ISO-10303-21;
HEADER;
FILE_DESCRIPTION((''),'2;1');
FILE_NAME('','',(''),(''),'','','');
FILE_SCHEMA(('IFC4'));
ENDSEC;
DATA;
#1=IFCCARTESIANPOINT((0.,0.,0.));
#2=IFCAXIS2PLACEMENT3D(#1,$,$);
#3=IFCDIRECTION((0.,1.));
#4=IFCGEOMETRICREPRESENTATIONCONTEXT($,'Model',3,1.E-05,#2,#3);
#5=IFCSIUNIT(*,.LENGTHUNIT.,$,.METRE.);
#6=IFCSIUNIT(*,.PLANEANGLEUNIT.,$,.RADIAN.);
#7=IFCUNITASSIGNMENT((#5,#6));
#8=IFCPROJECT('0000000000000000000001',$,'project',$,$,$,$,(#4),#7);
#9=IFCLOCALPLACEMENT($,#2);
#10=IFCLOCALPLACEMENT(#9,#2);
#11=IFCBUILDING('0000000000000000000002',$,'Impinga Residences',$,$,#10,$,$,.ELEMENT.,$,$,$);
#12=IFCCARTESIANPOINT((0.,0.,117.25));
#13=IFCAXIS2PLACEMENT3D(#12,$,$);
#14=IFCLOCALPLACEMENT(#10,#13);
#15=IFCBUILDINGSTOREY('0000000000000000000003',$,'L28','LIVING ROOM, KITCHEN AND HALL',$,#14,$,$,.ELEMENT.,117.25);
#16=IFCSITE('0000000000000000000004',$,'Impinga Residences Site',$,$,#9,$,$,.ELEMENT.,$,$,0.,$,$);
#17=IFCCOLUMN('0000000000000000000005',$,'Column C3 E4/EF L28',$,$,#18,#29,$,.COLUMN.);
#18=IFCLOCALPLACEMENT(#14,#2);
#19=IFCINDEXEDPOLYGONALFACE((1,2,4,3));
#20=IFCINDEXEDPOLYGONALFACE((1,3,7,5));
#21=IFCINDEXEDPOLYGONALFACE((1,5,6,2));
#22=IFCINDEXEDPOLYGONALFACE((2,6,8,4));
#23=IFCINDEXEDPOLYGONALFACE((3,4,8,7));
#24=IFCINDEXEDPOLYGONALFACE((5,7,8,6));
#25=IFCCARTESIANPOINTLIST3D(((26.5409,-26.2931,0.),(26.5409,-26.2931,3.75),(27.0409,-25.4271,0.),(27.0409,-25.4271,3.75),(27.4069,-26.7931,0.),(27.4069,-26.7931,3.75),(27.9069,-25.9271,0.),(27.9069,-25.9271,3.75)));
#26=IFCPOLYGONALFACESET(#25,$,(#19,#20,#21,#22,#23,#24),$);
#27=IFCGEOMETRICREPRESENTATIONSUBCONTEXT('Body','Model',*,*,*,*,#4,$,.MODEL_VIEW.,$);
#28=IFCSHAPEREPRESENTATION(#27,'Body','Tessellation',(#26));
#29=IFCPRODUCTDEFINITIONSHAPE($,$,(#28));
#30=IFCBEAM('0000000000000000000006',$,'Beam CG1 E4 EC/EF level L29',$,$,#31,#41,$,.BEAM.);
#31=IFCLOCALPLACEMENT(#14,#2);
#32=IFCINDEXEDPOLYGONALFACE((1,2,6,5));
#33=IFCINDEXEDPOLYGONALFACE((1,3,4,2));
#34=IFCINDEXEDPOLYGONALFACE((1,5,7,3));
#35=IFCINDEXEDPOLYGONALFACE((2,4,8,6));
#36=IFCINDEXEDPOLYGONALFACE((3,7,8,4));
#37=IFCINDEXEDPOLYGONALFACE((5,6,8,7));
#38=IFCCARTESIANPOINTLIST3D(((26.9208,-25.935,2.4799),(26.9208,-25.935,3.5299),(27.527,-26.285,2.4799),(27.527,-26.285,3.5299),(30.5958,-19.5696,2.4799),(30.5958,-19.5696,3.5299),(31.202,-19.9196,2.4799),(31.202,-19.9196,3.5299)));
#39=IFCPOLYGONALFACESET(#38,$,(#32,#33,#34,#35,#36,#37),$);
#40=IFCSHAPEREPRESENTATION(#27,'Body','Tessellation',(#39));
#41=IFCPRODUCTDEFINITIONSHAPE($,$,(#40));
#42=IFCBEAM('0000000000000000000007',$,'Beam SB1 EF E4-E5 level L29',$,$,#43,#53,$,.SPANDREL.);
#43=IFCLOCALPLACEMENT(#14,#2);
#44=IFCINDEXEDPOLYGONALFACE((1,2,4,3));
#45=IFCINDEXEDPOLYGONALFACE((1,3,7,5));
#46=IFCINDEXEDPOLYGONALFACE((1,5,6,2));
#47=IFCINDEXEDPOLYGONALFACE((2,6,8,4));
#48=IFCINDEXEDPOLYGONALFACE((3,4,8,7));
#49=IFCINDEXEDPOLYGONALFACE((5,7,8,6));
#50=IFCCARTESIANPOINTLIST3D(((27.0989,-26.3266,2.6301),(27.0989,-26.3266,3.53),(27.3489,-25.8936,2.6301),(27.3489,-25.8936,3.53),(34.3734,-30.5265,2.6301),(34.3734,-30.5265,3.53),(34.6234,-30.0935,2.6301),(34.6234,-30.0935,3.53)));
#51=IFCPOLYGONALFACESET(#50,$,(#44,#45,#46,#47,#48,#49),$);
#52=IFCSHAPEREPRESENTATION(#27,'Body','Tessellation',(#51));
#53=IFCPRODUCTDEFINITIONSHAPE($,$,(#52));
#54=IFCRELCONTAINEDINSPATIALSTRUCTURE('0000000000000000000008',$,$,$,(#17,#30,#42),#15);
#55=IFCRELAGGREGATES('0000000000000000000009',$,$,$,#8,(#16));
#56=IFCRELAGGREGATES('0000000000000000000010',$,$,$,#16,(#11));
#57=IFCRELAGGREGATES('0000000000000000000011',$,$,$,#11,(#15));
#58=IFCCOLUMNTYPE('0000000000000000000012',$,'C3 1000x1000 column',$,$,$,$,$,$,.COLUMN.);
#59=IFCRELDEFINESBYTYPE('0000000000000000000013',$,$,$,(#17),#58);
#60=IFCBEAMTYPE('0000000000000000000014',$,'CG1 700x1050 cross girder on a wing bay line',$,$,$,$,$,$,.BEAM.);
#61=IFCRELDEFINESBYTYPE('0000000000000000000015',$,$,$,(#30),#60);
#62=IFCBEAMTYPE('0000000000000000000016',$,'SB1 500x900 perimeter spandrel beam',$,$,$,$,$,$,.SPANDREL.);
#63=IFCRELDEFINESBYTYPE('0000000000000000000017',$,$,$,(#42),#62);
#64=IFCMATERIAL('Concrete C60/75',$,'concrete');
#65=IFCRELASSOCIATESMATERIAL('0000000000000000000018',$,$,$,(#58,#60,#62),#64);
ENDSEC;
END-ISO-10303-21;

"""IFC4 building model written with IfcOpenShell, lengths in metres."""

from ifc_helpers import new_model, si_unit, direction, frame, origin, origin_2d, place, context, subcontext, project, spatial, rectangle, extrude, material, material_profile, profile_set, type_object, element, save


model = new_model("IFC4")

# Units and contexts
model_context = context("Model", 3, precision=1e-05, world=origin(), true_north=direction((0.0, 1.0)))
body_context = subcontext(model_context, "Body", "Model", "MODEL_VIEW")
ifc_project = project(units=[si_unit("LENGTHUNIT", "METRE"), si_unit("PLANEANGLEUNIT", "RADIAN")], contexts=[model_context])

# Site, building, storey
site_placement = place(None, origin())
site = spatial("IfcSite", under=ifc_project, at=site_placement, Name="Impinga Residences Site", CompositionType="ELEMENT", RefElevation=0.0)
building_placement = place(site_placement, origin())
building = spatial("IfcBuilding", under=site, at=building_placement, Name="Impinga Residences", CompositionType="ELEMENT")
storey_placement = place(building_placement, frame((0.0, 0.0, 117.25)))
storey = spatial("IfcBuildingStorey", under=building, at=storey_placement, Name="L28", Description="LIVING ROOM, KITCHEN AND HALL", CompositionType="ELEMENT", Elevation=117.25)

# Column
ifc_material_1 = material(Name="Concrete C60/75", Category="concrete")
ifc_material_profile_1 = material_profile(ifc_material_1, rectangle(XDim=1.0, YDim=1.0, at=origin_2d()), Name="RC 1000x1000")
ifc_profile_set_1 = profile_set([ifc_material_profile_1], Name="Concrete C60/75")
column_type = type_object("IfcColumnType", Name="C3 1000x1000 column", PredefinedType="COLUMN", material=ifc_profile_set_1)
column_placement = place(storey_placement, frame((27.2239, -26.1101, 0.0), z_axis=(0.0, 0.0, 1.0), x_axis=(-0.5, -0.866025, 0.0)))
element("IfcColumn", 1, at=column_placement, inside=storey, type_object=column_type, Name="Column C3 E4/EF L28", PredefinedType="COLUMN", context=body_context, shape_type="SweptSolid", body=[
    extrude(rectangle(XDim=1.0, YDim=1.0, at=origin_2d()), origin(), (0.0, 0.0, 1.0), 3.75),
])

# Beams
ifc_material_profile_2 = material_profile(ifc_material_1, rectangle(XDim=0.7, YDim=1.05, at=origin_2d()), Name="RC 700x1050")
ifc_profile_set_2 = profile_set([ifc_material_profile_2], Name="Concrete C60/75")
beam_type_1 = type_object("IfcBeamType", Name="CG1 700x1050 cross girder on a wing bay line", PredefinedType="BEAM", material=ifc_profile_set_2)
beam_1_placement = place(storey_placement, frame((30.8989, -19.7446, 3.0049), z_axis=(-0.499994, -0.866029, 0.0), x_axis=(0.866029, -0.499994, 0.0)))
element("IfcBeam", 2, at=beam_1_placement, inside=storey, type_object=beam_type_1, Name="Beam CG1 E4 EC/EF level L29", PredefinedType="BEAM", context=body_context, shape_type="SweptSolid", body=[
    extrude(rectangle(XDim=0.7, YDim=1.05, at=origin_2d()), origin(), (0.0, 0.0, 1.0), 7.3501),
])
ifc_material_profile_3 = material_profile(ifc_material_1, rectangle(XDim=0.5, YDim=0.8999, at=origin_2d()), Name="RC 500x900")
ifc_profile_set_3 = profile_set([ifc_material_profile_3], Name="Concrete C60/75")
beam_type_2 = type_object("IfcBeamType", Name="SB1 500x900 perimeter spandrel beam", PredefinedType="SPANDREL", material=ifc_profile_set_3)
beam_2_placement = place(storey_placement, frame((27.2239, -26.1101, 3.0801), z_axis=(0.866029, -0.499993, 0.0), x_axis=(0.499993, 0.866029, 0.0)))
element("IfcBeam", 3, at=beam_2_placement, inside=storey, type_object=beam_type_2, Name="Beam SB1 EF E4-E5 level L29", PredefinedType="SPANDREL", context=body_context, shape_type="SweptSolid", body=[
    extrude(rectangle(XDim=0.5, YDim=0.8999, at=origin_2d()), origin(), (0.0, 0.0, 1.0), 8.3999),
])

save(model, "model.ifc")
